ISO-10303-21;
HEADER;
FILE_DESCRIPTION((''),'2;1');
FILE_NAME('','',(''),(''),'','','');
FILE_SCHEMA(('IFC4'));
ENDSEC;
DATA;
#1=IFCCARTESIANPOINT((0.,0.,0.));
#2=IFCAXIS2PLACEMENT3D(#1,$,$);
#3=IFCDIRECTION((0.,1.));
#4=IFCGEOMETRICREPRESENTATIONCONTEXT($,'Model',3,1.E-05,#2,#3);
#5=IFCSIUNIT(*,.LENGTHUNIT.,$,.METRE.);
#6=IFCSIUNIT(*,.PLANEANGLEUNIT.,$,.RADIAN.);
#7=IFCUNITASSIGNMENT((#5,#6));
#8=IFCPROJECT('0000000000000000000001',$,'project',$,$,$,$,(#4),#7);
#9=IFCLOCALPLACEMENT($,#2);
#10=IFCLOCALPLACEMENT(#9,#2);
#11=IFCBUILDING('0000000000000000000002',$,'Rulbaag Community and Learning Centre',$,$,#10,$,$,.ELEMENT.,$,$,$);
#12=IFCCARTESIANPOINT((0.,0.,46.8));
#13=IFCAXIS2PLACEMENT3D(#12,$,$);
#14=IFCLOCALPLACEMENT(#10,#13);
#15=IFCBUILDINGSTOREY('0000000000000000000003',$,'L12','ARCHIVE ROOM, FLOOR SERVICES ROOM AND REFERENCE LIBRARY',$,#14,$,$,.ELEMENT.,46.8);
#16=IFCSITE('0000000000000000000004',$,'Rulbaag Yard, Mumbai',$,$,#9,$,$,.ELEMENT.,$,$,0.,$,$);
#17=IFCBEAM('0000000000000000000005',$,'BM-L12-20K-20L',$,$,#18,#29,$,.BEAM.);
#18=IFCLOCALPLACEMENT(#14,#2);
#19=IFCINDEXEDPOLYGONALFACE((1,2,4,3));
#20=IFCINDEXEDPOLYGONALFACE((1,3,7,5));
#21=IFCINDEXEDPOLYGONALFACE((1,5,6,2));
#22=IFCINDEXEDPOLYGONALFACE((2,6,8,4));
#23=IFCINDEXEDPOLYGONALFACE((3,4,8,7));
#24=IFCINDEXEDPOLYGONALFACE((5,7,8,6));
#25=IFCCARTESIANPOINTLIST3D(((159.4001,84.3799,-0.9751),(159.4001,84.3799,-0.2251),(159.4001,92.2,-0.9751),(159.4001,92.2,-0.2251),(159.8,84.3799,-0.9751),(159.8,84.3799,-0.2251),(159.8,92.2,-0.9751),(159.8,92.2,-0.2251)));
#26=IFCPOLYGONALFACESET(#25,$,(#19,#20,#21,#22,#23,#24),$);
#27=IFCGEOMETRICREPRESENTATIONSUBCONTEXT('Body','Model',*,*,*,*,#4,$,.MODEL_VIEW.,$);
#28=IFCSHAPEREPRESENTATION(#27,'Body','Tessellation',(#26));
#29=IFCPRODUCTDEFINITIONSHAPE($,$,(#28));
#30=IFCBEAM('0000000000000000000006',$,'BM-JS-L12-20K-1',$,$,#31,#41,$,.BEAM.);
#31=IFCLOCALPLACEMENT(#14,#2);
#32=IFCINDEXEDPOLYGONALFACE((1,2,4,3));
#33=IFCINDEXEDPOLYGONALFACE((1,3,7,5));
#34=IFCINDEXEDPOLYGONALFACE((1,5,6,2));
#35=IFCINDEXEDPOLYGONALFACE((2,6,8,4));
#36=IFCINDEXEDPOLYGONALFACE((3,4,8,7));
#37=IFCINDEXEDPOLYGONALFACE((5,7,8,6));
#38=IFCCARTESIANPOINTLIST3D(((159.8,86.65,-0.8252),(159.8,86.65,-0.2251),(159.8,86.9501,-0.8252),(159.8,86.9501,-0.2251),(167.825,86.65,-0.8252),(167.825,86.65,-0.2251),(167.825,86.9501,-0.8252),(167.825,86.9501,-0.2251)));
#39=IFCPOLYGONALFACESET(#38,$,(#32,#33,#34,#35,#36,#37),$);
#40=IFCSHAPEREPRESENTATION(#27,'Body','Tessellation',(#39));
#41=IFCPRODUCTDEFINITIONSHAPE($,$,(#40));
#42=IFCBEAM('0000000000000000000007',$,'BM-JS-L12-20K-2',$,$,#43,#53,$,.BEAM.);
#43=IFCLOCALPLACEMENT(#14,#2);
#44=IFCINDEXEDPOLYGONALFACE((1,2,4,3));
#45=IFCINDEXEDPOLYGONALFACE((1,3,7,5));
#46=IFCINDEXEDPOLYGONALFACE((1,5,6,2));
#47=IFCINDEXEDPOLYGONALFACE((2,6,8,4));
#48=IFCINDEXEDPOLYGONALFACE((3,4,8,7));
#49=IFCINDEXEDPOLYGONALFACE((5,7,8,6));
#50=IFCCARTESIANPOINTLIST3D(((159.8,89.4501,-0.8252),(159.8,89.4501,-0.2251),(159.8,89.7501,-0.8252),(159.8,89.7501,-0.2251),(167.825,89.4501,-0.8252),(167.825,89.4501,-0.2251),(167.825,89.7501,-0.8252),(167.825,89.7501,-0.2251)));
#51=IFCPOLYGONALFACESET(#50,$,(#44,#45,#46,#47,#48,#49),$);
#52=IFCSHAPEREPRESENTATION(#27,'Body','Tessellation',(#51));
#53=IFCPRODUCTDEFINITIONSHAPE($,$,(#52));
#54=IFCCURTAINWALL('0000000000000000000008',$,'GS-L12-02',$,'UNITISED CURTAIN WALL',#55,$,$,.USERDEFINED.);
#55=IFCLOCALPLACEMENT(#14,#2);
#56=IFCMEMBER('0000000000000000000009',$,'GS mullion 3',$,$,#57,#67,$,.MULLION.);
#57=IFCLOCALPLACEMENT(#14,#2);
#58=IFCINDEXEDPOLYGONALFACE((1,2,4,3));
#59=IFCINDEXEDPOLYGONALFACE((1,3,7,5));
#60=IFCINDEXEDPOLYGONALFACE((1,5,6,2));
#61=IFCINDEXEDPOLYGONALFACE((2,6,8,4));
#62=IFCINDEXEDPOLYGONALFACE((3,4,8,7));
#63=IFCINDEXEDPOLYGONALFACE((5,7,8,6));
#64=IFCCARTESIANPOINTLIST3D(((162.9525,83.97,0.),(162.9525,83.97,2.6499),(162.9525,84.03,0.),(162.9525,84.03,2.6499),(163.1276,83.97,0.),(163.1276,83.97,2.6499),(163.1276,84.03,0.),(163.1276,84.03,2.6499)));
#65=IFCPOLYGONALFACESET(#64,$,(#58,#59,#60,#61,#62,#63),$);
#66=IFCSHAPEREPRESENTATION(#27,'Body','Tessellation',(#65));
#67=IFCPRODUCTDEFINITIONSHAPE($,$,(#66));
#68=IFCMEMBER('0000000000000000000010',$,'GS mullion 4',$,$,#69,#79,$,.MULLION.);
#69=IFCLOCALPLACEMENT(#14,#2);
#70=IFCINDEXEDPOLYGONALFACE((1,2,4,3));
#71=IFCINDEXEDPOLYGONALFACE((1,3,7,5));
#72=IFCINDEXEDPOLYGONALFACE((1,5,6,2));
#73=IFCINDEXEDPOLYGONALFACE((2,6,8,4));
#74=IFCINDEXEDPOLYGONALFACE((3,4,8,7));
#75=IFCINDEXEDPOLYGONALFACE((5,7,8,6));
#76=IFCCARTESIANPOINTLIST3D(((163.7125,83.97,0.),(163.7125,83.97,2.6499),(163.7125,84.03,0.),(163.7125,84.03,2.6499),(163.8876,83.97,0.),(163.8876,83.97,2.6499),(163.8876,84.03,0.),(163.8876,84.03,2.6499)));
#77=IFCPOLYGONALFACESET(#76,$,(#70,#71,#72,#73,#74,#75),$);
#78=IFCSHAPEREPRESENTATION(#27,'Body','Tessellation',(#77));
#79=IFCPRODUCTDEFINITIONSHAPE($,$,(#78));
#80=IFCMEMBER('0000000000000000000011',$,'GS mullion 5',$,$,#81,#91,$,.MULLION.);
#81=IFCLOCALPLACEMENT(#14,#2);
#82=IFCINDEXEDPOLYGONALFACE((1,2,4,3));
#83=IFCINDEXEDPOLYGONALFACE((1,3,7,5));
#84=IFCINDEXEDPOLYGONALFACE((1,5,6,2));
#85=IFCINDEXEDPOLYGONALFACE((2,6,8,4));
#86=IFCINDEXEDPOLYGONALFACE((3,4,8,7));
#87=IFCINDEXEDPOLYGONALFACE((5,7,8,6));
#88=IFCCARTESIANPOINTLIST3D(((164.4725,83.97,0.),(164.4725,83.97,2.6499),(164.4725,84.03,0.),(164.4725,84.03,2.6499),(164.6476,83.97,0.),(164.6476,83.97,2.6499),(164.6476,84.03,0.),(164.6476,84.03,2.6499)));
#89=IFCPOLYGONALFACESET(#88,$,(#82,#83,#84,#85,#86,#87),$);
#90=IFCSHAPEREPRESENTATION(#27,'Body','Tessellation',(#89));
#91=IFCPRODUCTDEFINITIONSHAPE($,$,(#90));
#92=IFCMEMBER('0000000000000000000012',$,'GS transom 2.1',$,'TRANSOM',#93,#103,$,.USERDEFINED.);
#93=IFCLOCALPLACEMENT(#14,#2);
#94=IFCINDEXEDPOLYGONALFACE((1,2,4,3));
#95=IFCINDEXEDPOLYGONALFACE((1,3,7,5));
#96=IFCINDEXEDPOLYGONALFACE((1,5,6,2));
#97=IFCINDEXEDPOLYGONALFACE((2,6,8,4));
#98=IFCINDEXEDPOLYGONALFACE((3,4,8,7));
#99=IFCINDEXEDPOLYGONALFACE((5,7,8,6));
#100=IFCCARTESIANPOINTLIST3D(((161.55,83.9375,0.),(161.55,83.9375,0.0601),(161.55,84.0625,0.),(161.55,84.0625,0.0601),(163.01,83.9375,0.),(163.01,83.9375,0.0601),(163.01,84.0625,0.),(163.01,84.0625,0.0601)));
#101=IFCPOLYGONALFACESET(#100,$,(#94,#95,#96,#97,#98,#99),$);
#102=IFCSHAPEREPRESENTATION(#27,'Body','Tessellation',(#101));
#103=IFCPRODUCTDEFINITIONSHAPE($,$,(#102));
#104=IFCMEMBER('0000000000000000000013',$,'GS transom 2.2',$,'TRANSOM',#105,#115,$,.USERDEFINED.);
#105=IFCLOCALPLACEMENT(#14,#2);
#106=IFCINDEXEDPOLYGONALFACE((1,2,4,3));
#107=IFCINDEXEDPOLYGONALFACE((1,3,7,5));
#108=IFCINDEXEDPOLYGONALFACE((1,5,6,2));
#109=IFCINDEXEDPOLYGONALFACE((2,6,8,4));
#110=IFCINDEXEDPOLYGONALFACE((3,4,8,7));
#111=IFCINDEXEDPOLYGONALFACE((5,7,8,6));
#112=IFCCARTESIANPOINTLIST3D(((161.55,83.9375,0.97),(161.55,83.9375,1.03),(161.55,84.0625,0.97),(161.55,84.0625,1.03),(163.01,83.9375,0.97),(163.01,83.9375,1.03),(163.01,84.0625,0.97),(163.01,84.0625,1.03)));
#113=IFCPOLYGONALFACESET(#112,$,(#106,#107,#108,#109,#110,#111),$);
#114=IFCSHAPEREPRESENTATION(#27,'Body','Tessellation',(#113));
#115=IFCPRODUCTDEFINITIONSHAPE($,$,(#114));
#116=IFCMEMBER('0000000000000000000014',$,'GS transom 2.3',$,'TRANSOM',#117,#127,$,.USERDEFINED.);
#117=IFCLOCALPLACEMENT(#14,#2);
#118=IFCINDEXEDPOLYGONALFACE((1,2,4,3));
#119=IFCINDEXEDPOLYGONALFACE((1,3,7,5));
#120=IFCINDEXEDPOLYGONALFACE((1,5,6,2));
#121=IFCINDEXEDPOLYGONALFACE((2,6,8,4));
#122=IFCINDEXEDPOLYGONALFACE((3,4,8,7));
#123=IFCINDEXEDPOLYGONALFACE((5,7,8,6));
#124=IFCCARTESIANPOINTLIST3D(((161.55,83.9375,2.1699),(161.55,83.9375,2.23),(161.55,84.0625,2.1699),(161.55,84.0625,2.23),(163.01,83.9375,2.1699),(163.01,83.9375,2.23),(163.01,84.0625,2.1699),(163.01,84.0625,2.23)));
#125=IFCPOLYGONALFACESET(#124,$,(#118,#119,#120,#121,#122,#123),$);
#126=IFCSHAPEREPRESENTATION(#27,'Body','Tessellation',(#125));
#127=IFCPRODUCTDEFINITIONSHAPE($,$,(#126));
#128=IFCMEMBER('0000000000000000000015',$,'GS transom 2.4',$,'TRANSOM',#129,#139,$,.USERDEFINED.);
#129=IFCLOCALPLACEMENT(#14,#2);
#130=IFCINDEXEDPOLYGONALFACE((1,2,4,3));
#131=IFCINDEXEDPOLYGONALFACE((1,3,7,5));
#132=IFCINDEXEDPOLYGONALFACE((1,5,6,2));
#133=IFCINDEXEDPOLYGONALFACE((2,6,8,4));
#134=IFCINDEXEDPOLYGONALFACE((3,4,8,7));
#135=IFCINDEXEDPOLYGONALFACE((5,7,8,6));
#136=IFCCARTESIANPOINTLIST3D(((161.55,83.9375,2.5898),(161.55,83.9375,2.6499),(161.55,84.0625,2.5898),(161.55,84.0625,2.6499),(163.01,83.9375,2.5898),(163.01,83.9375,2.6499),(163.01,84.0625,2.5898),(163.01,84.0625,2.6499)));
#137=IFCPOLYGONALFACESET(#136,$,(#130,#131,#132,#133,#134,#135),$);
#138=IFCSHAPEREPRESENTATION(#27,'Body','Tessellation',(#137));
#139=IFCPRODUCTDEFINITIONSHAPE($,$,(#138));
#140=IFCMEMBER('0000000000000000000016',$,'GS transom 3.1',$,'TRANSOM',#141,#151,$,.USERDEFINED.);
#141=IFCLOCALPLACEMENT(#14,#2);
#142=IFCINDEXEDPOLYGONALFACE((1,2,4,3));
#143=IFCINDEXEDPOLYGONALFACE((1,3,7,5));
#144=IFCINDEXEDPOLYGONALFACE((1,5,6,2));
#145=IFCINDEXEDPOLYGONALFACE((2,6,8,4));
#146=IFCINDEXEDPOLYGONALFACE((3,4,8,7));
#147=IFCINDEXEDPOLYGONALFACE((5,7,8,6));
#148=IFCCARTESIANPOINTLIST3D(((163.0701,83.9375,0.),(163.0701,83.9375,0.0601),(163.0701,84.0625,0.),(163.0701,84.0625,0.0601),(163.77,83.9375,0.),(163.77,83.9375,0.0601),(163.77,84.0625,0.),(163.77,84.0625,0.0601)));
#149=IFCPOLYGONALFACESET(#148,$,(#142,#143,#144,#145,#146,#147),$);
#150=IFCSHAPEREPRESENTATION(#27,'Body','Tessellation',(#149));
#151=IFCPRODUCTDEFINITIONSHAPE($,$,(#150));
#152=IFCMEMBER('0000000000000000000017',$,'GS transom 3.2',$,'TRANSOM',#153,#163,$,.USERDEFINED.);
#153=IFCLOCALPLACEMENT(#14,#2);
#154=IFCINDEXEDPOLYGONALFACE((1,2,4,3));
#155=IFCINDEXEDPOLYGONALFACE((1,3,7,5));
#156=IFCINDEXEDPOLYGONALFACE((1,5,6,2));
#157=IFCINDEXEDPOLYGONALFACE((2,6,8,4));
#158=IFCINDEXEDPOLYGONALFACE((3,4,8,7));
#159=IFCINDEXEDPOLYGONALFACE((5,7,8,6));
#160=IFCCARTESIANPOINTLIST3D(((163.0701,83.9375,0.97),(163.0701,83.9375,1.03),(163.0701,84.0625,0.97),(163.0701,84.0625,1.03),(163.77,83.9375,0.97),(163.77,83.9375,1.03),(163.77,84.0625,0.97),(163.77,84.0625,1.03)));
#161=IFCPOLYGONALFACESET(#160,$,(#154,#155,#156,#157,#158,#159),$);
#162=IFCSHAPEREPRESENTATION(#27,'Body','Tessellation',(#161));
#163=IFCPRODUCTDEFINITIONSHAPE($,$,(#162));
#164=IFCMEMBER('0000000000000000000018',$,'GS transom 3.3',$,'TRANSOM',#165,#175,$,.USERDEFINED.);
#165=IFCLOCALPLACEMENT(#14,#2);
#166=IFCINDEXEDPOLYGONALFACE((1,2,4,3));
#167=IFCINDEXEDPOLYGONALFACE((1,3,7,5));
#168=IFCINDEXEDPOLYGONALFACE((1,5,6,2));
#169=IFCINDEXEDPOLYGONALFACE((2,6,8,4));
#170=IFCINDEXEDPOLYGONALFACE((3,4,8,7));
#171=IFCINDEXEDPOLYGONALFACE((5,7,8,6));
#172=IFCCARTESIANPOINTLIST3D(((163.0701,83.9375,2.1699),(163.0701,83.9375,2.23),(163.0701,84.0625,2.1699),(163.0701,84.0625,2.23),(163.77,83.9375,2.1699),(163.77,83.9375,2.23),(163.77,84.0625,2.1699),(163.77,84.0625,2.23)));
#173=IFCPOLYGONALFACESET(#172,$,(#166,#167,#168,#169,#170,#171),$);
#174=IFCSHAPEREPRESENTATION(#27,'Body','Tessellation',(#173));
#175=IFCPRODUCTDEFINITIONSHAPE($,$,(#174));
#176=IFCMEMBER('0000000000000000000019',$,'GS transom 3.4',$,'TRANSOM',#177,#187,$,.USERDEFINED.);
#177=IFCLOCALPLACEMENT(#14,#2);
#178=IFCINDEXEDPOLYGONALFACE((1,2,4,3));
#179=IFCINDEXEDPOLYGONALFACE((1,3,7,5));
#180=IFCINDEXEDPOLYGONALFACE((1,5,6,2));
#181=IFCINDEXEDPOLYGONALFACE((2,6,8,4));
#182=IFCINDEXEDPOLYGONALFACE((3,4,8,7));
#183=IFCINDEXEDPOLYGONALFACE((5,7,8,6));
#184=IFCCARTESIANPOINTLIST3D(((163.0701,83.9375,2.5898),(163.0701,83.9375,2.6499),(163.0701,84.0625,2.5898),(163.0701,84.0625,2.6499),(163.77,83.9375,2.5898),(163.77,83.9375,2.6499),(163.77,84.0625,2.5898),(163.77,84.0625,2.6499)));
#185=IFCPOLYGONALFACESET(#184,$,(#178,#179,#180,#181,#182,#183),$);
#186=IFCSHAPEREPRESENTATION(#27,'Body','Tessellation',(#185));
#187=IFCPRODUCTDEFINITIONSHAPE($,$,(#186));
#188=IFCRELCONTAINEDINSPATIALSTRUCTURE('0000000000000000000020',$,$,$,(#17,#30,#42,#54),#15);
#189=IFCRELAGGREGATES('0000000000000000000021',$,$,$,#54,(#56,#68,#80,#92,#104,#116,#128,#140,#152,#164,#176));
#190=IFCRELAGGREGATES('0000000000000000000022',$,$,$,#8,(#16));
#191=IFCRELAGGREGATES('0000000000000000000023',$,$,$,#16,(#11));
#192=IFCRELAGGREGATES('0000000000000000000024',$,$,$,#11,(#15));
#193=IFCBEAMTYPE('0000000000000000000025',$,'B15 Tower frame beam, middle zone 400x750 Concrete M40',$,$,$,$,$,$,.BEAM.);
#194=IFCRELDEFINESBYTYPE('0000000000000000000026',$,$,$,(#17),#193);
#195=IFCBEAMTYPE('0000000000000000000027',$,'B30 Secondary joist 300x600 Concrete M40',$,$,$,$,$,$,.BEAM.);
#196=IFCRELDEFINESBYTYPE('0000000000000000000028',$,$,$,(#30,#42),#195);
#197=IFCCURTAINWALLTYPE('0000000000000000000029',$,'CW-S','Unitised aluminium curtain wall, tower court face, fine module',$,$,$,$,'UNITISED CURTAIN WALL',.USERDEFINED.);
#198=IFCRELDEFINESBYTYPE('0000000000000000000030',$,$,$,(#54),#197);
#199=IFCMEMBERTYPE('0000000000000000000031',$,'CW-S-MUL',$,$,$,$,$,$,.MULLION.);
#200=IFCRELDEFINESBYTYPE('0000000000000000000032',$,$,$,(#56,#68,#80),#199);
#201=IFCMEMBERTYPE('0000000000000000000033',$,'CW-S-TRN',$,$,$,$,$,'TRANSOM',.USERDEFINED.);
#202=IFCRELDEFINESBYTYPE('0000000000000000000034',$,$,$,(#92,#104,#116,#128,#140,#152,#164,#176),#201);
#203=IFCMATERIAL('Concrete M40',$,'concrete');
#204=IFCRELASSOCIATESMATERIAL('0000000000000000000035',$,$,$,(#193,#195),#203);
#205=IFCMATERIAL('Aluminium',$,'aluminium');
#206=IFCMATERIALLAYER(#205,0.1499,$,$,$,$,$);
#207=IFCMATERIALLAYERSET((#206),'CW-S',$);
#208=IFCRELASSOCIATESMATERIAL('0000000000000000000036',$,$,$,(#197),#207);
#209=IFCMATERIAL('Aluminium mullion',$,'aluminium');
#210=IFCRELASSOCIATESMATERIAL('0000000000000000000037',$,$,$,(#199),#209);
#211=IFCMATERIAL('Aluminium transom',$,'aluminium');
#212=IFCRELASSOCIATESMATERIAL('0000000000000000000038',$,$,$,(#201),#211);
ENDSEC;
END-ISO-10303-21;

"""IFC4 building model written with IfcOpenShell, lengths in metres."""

from ifc_helpers import new_model, si_unit, direction, frame, origin, origin_2d, place, context, subcontext, project, spatial, rectangle, extrude, material, layer, layer_set, material_profile, profile_set, type_object, element, aggregate, save


model = new_model("IFC4")

# Units and contexts
model_context = context("Model", 3, precision=1e-05, world=origin(), true_north=direction((0.0, 1.0)))
body_context = subcontext(model_context, "Body", "Model", "MODEL_VIEW")
ifc_project = project(units=[si_unit("LENGTHUNIT", "METRE"), si_unit("PLANEANGLEUNIT", "RADIAN")], contexts=[model_context])

# Site, building, storey
site_placement = place(None, origin())
site = spatial("IfcSite", under=ifc_project, at=site_placement, Name="Rulbaag Yard, Mumbai", CompositionType="ELEMENT", RefElevation=0.0)
building_placement = place(site_placement, origin())
building = spatial("IfcBuilding", under=site, at=building_placement, Name="Rulbaag Community and Learning Centre", CompositionType="ELEMENT")
storey_placement = place(building_placement, frame((0.0, 0.0, 46.8)))
storey = spatial("IfcBuildingStorey", under=building, at=storey_placement, Name="L12", Description="ARCHIVE ROOM, FLOOR SERVICES ROOM AND REFERENCE LIBRARY", CompositionType="ELEMENT", Elevation=46.8)

# Beams
ifc_material_1 = material(Name="Concrete M40", Category="concrete")
ifc_material_profile_1 = material_profile(ifc_material_1, rectangle(XDim=0.3999, YDim=0.75, at=origin_2d()), Name="RB400x750")
ifc_profile_set_1 = profile_set([ifc_material_profile_1], Name="Concrete M40")
beam_type_1 = type_object("IfcBeamType", Name="B15 Tower frame beam, middle zone 400x750 Concrete M40", PredefinedType="BEAM", material=ifc_profile_set_1)
beam_placement = place(storey_placement, frame((159.6001, 84.3799, -0.6001), z_axis=(0.0, 1.0, 0.0), x_axis=(-1.0, 0.0, 0.0)))
element("IfcBeam", 1, at=beam_placement, inside=storey, type_object=beam_type_1, Name="BM-L12-20K-20L", PredefinedType="BEAM", context=body_context, shape_type="SweptSolid", body=[
    extrude(rectangle(XDim=0.3999, YDim=0.75, at=origin_2d()), origin(), (0.0, 0.0, 1.0), 7.8201),
])
ifc_material_profile_2 = material_profile(ifc_material_1, rectangle(XDim=0.3, YDim=0.6001, at=origin_2d()), Name="RB300x600")
ifc_profile_set_2 = profile_set([ifc_material_profile_2], Name="Concrete M40")
beam_type_2 = type_object("IfcBeamType", Name="B30 Secondary joist 300x600 Concrete M40", PredefinedType="BEAM", material=ifc_profile_set_2)
for number, where, z_axis, x_axis, name in (
    (2, (159.8, 86.8, -0.5251), (1.0, 0.0, 0.0), (0.0, 1.0, 0.0), "BM-JS-L12-20K-1"),
    (3, (159.8, 89.6001, -0.5251), (1.0, 0.0, 0.0), (0.0, 1.0, 0.0), "BM-JS-L12-20K-2"),
):
    element("IfcBeam", number, at=place(storey_placement, frame(where, z_axis=z_axis, x_axis=x_axis)), inside=storey, type_object=beam_type_2, Name=name, PredefinedType="BEAM", context=body_context, shape_type="SweptSolid", body=[
        extrude(rectangle(XDim=0.3, YDim=0.6001, at=origin_2d()), origin(), (0.0, 0.0, 1.0), 8.0249),
    ])

# Curtain wall, members
ifc_material_2 = material(Name="Aluminium", Category="aluminium")
ifc_layer_1 = layer(ifc_material_2, 0.1499)
ifc_layer_set_1 = layer_set([ifc_layer_1], Name="CW-S")
curtain_wall_type = type_object("IfcCurtainWallType", Name="CW-S", Description="Unitised aluminium curtain wall, tower court face, fine module", ElementType="UNITISED CURTAIN WALL", PredefinedType="USERDEFINED", material=ifc_layer_set_1)
curtain_wall_placement = place(storey_placement, origin())
curtain_wall = element("IfcCurtainWall", 4, at=curtain_wall_placement, inside=storey, type_object=curtain_wall_type, Name="GS-L12-02", ObjectType="UNITISED CURTAIN WALL", PredefinedType="USERDEFINED")
ifc_material_3 = material(Name="Aluminium mullion", Category="aluminium")
ifc_material_profile_3 = material_profile(ifc_material_3, rectangle(XDim=0.0601, YDim=0.175, at=origin_2d()), Name="AL 60x175")
ifc_profile_set_3 = profile_set([ifc_material_profile_3], Name="Aluminium mullion")
member_type_1 = type_object("IfcMemberType", Name="CW-S-MUL", PredefinedType="MULLION", material=ifc_profile_set_3)
member_1_placement = place(storey_placement, frame((163.04, 84.0, 0.0), z_axis=(0.0, 0.0, 1.0), x_axis=(0.0, 1.0, 0.0)))
member_1 = element("IfcMember", 5, at=member_1_placement, type_object=member_type_1, Name="GS mullion 3", PredefinedType="MULLION", context=body_context, shape_type="SweptSolid", body=[
    extrude(rectangle(XDim=0.0601, YDim=0.175, at=origin_2d()), origin(), (0.0, 0.0, 1.0), 2.6499),
])
member_2_placement = place(storey_placement, frame((163.8, 84.0, 0.0), z_axis=(0.0, 0.0, 1.0), x_axis=(0.0, 1.0, 0.0)))
member_2 = element("IfcMember", 6, at=member_2_placement, type_object=member_type_1, Name="GS mullion 4", PredefinedType="MULLION", context=body_context, shape_type="SweptSolid", body=[
    extrude(rectangle(XDim=0.0601, YDim=0.175, at=origin_2d()), origin(), (0.0, 0.0, 1.0), 2.6499),
])
member_3_placement = place(storey_placement, frame((164.5601, 84.0, 0.0), z_axis=(0.0, 0.0, 1.0), x_axis=(0.0, 1.0, 0.0)))
member_3 = element("IfcMember", 7, at=member_3_placement, type_object=member_type_1, Name="GS mullion 5", PredefinedType="MULLION", context=body_context, shape_type="SweptSolid", body=[
    extrude(rectangle(XDim=0.0601, YDim=0.175, at=origin_2d()), origin(), (0.0, 0.0, 1.0), 2.6499),
])
ifc_material_4 = material(Name="Aluminium transom", Category="aluminium")
ifc_material_profile_4 = material_profile(ifc_material_4, rectangle(XDim=0.125, YDim=0.0601, at=origin_2d()), Name="AL 60x125 T")
ifc_profile_set_4 = profile_set([ifc_material_profile_4], Name="Aluminium transom")
member_type_2 = type_object("IfcMemberType", Name="CW-S-TRN", ElementType="TRANSOM", PredefinedType="USERDEFINED", material=ifc_profile_set_4)
member_4_placement = place(storey_placement, frame((161.55, 84.0, 0.03), z_axis=(1.0, 0.0, 0.0), x_axis=(0.0, 1.0, 0.0)))
member_4 = element("IfcMember", 8, at=member_4_placement, type_object=member_type_2, Name="GS transom 2.1", ObjectType="TRANSOM", PredefinedType="USERDEFINED", context=body_context, shape_type="SweptSolid", body=[
    extrude(rectangle(XDim=0.125, YDim=0.0601, at=origin_2d()), origin(), (0.0, 0.0, 1.0), 1.46),
])
member_5_placement = place(storey_placement, frame((161.55, 84.0, 1.0), z_axis=(1.0, 0.0, 0.0), x_axis=(0.0, 1.0, 0.0)))
member_5 = element("IfcMember", 9, at=member_5_placement, type_object=member_type_2, Name="GS transom 2.2", ObjectType="TRANSOM", PredefinedType="USERDEFINED", context=body_context, shape_type="SweptSolid", body=[
    extrude(rectangle(XDim=0.125, YDim=0.0601, at=origin_2d()), origin(), (0.0, 0.0, 1.0), 1.46),
])
member_6_placement = place(storey_placement, frame((161.55, 84.0, 2.2), z_axis=(1.0, 0.0, 0.0), x_axis=(0.0, 1.0, 0.0)))
member_6 = element("IfcMember", 10, at=member_6_placement, type_object=member_type_2, Name="GS transom 2.3", ObjectType="TRANSOM", PredefinedType="USERDEFINED", context=body_context, shape_type="SweptSolid", body=[
    extrude(rectangle(XDim=0.125, YDim=0.0601, at=origin_2d()), origin(), (0.0, 0.0, 1.0), 1.46),
])
member_7_placement = place(storey_placement, frame((161.55, 84.0, 2.6199), z_axis=(1.0, 0.0, 0.0), x_axis=(0.0, 1.0, 0.0)))
member_7 = element("IfcMember", 11, at=member_7_placement, type_object=member_type_2, Name="GS transom 2.4", ObjectType="TRANSOM", PredefinedType="USERDEFINED", context=body_context, shape_type="SweptSolid", body=[
    extrude(rectangle(XDim=0.125, YDim=0.0601, at=origin_2d()), origin(), (0.0, 0.0, 1.0), 1.46),
])
member_8_placement = place(storey_placement, frame((163.0701, 84.0, 0.03), z_axis=(1.0, 0.0, 0.0), x_axis=(0.0, 1.0, 0.0)))
member_8 = element("IfcMember", 12, at=member_8_placement, type_object=member_type_2, Name="GS transom 3.1", ObjectType="TRANSOM", PredefinedType="USERDEFINED", context=body_context, shape_type="SweptSolid", body=[
    extrude(rectangle(XDim=0.125, YDim=0.0601, at=origin_2d()), origin(), (0.0, 0.0, 1.0), 0.7),
])
member_9_placement = place(storey_placement, frame((163.0701, 84.0, 1.0), z_axis=(1.0, 0.0, 0.0), x_axis=(0.0, 1.0, 0.0)))
member_9 = element("IfcMember", 13, at=member_9_placement, type_object=member_type_2, Name="GS transom 3.2", ObjectType="TRANSOM", PredefinedType="USERDEFINED", context=body_context, shape_type="SweptSolid", body=[
    extrude(rectangle(XDim=0.125, YDim=0.0601, at=origin_2d()), origin(), (0.0, 0.0, 1.0), 0.7),
])
member_10_placement = place(storey_placement, frame((163.0701, 84.0, 2.2), z_axis=(1.0, 0.0, 0.0), x_axis=(0.0, 1.0, 0.0)))
member_10 = element("IfcMember", 14, at=member_10_placement, type_object=member_type_2, Name="GS transom 3.3", ObjectType="TRANSOM", PredefinedType="USERDEFINED", context=body_context, shape_type="SweptSolid", body=[
    extrude(rectangle(XDim=0.125, YDim=0.0601, at=origin_2d()), origin(), (0.0, 0.0, 1.0), 0.7),
])
member_11_placement = place(storey_placement, frame((163.0701, 84.0, 2.6199), z_axis=(1.0, 0.0, 0.0), x_axis=(0.0, 1.0, 0.0)))
member_11 = element("IfcMember", 15, at=member_11_placement, type_object=member_type_2, Name="GS transom 3.4", ObjectType="TRANSOM", PredefinedType="USERDEFINED", context=body_context, shape_type="SweptSolid", body=[
    extrude(rectangle(XDim=0.125, YDim=0.0601, at=origin_2d()), origin(), (0.0, 0.0, 1.0), 0.7),
])
aggregate(curtain_wall, [member_1, member_2, member_3, member_4, member_5, member_6, member_7, member_8, member_9, member_10, member_11])

save(model, "model.ifc")
